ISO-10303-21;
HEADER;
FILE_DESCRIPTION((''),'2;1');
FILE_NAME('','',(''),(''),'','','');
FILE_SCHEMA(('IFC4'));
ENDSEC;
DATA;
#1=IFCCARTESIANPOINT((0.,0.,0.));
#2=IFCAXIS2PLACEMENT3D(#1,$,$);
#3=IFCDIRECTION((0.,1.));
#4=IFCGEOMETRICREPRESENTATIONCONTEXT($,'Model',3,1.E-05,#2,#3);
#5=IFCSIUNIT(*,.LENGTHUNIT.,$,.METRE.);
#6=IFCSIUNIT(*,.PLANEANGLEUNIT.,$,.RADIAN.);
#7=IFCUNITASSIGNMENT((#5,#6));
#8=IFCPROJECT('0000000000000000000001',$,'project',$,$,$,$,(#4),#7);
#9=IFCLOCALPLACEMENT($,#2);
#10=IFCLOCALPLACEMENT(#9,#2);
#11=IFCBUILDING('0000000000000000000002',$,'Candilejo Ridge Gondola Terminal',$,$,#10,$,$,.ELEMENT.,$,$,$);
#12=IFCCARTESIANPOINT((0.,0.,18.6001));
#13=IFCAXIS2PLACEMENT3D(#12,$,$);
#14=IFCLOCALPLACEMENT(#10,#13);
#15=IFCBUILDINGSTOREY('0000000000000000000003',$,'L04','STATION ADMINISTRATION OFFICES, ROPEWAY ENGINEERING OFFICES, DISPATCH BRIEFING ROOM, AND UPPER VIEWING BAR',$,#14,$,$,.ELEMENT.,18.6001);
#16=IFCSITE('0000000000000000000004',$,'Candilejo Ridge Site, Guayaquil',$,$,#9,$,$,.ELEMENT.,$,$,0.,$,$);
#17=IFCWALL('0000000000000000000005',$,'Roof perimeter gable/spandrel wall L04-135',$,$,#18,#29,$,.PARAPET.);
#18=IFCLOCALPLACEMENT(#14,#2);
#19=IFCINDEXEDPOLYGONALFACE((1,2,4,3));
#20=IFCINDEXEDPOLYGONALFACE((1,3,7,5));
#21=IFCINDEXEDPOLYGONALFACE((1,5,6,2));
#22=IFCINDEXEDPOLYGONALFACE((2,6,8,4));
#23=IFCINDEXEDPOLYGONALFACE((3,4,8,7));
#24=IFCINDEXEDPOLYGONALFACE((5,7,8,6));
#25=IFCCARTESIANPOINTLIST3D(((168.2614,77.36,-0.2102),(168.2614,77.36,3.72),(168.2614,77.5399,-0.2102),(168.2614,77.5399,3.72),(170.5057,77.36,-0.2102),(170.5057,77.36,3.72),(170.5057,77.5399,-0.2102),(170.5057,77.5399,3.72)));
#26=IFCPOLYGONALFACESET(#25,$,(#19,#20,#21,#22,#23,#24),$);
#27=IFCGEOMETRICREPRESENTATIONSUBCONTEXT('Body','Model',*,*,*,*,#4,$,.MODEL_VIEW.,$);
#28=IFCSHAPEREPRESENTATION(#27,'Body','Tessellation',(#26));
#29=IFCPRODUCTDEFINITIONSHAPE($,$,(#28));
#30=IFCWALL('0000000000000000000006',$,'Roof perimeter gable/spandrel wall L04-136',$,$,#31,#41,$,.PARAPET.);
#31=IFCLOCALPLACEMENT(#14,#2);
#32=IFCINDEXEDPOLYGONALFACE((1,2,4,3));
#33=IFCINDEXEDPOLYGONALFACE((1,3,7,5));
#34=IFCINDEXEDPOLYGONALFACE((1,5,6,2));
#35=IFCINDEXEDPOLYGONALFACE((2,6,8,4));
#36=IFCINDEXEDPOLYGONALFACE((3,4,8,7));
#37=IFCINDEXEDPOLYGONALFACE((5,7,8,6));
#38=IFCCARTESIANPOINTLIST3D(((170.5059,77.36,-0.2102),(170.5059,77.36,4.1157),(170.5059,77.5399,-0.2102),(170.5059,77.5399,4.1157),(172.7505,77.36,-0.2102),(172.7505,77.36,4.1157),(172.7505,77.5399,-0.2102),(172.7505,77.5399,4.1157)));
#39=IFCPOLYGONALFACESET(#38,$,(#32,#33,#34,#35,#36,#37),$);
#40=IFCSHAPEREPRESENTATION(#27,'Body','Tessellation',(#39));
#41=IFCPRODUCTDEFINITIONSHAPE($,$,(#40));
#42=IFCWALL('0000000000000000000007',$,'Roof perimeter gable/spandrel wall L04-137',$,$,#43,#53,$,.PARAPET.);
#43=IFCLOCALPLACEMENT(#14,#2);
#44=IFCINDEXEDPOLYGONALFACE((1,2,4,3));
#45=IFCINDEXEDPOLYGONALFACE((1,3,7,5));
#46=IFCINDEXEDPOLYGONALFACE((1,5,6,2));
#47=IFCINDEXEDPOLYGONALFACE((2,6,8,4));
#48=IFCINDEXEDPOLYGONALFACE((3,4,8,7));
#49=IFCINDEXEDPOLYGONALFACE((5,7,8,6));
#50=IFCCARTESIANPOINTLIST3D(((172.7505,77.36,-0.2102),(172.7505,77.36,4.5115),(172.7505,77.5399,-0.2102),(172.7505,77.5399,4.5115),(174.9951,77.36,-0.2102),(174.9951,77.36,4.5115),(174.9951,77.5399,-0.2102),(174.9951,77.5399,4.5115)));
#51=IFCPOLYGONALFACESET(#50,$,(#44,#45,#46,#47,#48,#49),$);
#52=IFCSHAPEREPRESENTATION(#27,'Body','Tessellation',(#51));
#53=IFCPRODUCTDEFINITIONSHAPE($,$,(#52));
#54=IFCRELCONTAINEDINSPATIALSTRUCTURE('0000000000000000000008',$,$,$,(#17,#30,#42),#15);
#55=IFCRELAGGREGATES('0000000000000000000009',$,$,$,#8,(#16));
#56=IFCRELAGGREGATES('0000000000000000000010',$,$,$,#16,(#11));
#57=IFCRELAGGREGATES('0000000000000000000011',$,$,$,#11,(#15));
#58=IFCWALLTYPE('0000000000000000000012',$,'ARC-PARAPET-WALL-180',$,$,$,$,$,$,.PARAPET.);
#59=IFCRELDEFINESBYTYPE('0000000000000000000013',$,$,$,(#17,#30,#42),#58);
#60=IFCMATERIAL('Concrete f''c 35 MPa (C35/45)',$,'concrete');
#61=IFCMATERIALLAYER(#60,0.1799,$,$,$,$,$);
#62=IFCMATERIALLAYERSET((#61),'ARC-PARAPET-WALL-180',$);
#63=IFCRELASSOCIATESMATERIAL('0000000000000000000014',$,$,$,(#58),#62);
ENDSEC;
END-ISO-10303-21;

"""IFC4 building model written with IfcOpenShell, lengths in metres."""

from ifc_helpers import new_model, si_unit, direction, frame, frame_2d, origin, place, context, subcontext, project, spatial, rectangle, extrude, material, layer, layer_set, type_object, element, save


model = new_model("IFC4")

# Units and contexts
model_context = context("Model", 3, precision=1e-05, world=origin(), true_north=direction((0.0, 1.0)))
body_context = subcontext(model_context, "Body", "Model", "MODEL_VIEW")
ifc_project = project(units=[si_unit("LENGTHUNIT", "METRE"), si_unit("PLANEANGLEUNIT", "RADIAN")], contexts=[model_context])

# Site, building, storey
site_placement = place(None, origin())
site = spatial("IfcSite", under=ifc_project, at=site_placement, Name="Candilejo Ridge Site, Guayaquil", CompositionType="ELEMENT", RefElevation=0.0)
building_placement = place(site_placement, origin())
building = spatial("IfcBuilding", under=site, at=building_placement, Name="Candilejo Ridge Gondola Terminal", CompositionType="ELEMENT")
storey_placement = place(building_placement, frame((0.0, 0.0, 18.6001)))
storey = spatial("IfcBuildingStorey", under=building, at=storey_placement, Name="L04", Description="STATION ADMINISTRATION OFFICES, ROPEWAY ENGINEERING OFFICES, DISPATCH BRIEFING ROOM, AND UPPER VIEWING BAR", CompositionType="ELEMENT", Elevation=18.6001)

# Walls
ifc_material_1 = material(Name="Concrete f'c 35 MPa (C35/45)", Category="concrete")
ifc_layer_1 = layer(ifc_material_1, 0.1799)
ifc_layer_set_1 = layer_set([ifc_layer_1], Name="ARC-PARAPET-WALL-180")
wall_type = type_object("IfcWallType", Name="ARC-PARAPET-WALL-180", PredefinedType="PARAPET", material=ifc_layer_set_1)
wall_1_placement = place(storey_placement, frame((168.2615, 77.45, -0.2102), z_axis=(0.0, 0.0, 1.0), x_axis=(1.0, 0.0, 0.0)))
element("IfcWall", 1, at=wall_1_placement, inside=storey, type_object=wall_type, Name="Roof perimeter gable/spandrel wall L04-135", PredefinedType="PARAPET", context=body_context, shape_type="SweptSolid", body=[
    extrude(rectangle(XDim=2.2444, YDim=0.1799, at=frame_2d((1.1221, 0.0))), origin(), (0.0, 0.0, 1.0), 3.9302),
])
wall_2_placement = place(storey_placement, frame((170.5059, 77.45, -0.2102), z_axis=(0.0, 0.0, 1.0), x_axis=(1.0, 0.0, 0.0)))
element("IfcWall", 2, at=wall_2_placement, inside=storey, type_object=wall_type, Name="Roof perimeter gable/spandrel wall L04-136", PredefinedType="PARAPET", context=body_context, shape_type="SweptSolid", body=[
    extrude(rectangle(XDim=2.2446, YDim=0.1799, at=frame_2d((1.1223, 0.0))), origin(), (0.0, 0.0, 1.0), 4.3259),
])
wall_3_placement = place(storey_placement, frame((172.7505, 77.45, -0.2102), z_axis=(0.0, 0.0, 1.0), x_axis=(1.0, 0.0, 0.0)))
element("IfcWall", 3, at=wall_3_placement, inside=storey, type_object=wall_type, Name="Roof perimeter gable/spandrel wall L04-137", PredefinedType="PARAPET", context=body_context, shape_type="SweptSolid", body=[
    extrude(rectangle(XDim=2.2446, YDim=0.1799, at=frame_2d((1.1223, 0.0))), origin(), (0.0, 0.0, 1.0), 4.7217),
])

save(model, "model.ifc")
